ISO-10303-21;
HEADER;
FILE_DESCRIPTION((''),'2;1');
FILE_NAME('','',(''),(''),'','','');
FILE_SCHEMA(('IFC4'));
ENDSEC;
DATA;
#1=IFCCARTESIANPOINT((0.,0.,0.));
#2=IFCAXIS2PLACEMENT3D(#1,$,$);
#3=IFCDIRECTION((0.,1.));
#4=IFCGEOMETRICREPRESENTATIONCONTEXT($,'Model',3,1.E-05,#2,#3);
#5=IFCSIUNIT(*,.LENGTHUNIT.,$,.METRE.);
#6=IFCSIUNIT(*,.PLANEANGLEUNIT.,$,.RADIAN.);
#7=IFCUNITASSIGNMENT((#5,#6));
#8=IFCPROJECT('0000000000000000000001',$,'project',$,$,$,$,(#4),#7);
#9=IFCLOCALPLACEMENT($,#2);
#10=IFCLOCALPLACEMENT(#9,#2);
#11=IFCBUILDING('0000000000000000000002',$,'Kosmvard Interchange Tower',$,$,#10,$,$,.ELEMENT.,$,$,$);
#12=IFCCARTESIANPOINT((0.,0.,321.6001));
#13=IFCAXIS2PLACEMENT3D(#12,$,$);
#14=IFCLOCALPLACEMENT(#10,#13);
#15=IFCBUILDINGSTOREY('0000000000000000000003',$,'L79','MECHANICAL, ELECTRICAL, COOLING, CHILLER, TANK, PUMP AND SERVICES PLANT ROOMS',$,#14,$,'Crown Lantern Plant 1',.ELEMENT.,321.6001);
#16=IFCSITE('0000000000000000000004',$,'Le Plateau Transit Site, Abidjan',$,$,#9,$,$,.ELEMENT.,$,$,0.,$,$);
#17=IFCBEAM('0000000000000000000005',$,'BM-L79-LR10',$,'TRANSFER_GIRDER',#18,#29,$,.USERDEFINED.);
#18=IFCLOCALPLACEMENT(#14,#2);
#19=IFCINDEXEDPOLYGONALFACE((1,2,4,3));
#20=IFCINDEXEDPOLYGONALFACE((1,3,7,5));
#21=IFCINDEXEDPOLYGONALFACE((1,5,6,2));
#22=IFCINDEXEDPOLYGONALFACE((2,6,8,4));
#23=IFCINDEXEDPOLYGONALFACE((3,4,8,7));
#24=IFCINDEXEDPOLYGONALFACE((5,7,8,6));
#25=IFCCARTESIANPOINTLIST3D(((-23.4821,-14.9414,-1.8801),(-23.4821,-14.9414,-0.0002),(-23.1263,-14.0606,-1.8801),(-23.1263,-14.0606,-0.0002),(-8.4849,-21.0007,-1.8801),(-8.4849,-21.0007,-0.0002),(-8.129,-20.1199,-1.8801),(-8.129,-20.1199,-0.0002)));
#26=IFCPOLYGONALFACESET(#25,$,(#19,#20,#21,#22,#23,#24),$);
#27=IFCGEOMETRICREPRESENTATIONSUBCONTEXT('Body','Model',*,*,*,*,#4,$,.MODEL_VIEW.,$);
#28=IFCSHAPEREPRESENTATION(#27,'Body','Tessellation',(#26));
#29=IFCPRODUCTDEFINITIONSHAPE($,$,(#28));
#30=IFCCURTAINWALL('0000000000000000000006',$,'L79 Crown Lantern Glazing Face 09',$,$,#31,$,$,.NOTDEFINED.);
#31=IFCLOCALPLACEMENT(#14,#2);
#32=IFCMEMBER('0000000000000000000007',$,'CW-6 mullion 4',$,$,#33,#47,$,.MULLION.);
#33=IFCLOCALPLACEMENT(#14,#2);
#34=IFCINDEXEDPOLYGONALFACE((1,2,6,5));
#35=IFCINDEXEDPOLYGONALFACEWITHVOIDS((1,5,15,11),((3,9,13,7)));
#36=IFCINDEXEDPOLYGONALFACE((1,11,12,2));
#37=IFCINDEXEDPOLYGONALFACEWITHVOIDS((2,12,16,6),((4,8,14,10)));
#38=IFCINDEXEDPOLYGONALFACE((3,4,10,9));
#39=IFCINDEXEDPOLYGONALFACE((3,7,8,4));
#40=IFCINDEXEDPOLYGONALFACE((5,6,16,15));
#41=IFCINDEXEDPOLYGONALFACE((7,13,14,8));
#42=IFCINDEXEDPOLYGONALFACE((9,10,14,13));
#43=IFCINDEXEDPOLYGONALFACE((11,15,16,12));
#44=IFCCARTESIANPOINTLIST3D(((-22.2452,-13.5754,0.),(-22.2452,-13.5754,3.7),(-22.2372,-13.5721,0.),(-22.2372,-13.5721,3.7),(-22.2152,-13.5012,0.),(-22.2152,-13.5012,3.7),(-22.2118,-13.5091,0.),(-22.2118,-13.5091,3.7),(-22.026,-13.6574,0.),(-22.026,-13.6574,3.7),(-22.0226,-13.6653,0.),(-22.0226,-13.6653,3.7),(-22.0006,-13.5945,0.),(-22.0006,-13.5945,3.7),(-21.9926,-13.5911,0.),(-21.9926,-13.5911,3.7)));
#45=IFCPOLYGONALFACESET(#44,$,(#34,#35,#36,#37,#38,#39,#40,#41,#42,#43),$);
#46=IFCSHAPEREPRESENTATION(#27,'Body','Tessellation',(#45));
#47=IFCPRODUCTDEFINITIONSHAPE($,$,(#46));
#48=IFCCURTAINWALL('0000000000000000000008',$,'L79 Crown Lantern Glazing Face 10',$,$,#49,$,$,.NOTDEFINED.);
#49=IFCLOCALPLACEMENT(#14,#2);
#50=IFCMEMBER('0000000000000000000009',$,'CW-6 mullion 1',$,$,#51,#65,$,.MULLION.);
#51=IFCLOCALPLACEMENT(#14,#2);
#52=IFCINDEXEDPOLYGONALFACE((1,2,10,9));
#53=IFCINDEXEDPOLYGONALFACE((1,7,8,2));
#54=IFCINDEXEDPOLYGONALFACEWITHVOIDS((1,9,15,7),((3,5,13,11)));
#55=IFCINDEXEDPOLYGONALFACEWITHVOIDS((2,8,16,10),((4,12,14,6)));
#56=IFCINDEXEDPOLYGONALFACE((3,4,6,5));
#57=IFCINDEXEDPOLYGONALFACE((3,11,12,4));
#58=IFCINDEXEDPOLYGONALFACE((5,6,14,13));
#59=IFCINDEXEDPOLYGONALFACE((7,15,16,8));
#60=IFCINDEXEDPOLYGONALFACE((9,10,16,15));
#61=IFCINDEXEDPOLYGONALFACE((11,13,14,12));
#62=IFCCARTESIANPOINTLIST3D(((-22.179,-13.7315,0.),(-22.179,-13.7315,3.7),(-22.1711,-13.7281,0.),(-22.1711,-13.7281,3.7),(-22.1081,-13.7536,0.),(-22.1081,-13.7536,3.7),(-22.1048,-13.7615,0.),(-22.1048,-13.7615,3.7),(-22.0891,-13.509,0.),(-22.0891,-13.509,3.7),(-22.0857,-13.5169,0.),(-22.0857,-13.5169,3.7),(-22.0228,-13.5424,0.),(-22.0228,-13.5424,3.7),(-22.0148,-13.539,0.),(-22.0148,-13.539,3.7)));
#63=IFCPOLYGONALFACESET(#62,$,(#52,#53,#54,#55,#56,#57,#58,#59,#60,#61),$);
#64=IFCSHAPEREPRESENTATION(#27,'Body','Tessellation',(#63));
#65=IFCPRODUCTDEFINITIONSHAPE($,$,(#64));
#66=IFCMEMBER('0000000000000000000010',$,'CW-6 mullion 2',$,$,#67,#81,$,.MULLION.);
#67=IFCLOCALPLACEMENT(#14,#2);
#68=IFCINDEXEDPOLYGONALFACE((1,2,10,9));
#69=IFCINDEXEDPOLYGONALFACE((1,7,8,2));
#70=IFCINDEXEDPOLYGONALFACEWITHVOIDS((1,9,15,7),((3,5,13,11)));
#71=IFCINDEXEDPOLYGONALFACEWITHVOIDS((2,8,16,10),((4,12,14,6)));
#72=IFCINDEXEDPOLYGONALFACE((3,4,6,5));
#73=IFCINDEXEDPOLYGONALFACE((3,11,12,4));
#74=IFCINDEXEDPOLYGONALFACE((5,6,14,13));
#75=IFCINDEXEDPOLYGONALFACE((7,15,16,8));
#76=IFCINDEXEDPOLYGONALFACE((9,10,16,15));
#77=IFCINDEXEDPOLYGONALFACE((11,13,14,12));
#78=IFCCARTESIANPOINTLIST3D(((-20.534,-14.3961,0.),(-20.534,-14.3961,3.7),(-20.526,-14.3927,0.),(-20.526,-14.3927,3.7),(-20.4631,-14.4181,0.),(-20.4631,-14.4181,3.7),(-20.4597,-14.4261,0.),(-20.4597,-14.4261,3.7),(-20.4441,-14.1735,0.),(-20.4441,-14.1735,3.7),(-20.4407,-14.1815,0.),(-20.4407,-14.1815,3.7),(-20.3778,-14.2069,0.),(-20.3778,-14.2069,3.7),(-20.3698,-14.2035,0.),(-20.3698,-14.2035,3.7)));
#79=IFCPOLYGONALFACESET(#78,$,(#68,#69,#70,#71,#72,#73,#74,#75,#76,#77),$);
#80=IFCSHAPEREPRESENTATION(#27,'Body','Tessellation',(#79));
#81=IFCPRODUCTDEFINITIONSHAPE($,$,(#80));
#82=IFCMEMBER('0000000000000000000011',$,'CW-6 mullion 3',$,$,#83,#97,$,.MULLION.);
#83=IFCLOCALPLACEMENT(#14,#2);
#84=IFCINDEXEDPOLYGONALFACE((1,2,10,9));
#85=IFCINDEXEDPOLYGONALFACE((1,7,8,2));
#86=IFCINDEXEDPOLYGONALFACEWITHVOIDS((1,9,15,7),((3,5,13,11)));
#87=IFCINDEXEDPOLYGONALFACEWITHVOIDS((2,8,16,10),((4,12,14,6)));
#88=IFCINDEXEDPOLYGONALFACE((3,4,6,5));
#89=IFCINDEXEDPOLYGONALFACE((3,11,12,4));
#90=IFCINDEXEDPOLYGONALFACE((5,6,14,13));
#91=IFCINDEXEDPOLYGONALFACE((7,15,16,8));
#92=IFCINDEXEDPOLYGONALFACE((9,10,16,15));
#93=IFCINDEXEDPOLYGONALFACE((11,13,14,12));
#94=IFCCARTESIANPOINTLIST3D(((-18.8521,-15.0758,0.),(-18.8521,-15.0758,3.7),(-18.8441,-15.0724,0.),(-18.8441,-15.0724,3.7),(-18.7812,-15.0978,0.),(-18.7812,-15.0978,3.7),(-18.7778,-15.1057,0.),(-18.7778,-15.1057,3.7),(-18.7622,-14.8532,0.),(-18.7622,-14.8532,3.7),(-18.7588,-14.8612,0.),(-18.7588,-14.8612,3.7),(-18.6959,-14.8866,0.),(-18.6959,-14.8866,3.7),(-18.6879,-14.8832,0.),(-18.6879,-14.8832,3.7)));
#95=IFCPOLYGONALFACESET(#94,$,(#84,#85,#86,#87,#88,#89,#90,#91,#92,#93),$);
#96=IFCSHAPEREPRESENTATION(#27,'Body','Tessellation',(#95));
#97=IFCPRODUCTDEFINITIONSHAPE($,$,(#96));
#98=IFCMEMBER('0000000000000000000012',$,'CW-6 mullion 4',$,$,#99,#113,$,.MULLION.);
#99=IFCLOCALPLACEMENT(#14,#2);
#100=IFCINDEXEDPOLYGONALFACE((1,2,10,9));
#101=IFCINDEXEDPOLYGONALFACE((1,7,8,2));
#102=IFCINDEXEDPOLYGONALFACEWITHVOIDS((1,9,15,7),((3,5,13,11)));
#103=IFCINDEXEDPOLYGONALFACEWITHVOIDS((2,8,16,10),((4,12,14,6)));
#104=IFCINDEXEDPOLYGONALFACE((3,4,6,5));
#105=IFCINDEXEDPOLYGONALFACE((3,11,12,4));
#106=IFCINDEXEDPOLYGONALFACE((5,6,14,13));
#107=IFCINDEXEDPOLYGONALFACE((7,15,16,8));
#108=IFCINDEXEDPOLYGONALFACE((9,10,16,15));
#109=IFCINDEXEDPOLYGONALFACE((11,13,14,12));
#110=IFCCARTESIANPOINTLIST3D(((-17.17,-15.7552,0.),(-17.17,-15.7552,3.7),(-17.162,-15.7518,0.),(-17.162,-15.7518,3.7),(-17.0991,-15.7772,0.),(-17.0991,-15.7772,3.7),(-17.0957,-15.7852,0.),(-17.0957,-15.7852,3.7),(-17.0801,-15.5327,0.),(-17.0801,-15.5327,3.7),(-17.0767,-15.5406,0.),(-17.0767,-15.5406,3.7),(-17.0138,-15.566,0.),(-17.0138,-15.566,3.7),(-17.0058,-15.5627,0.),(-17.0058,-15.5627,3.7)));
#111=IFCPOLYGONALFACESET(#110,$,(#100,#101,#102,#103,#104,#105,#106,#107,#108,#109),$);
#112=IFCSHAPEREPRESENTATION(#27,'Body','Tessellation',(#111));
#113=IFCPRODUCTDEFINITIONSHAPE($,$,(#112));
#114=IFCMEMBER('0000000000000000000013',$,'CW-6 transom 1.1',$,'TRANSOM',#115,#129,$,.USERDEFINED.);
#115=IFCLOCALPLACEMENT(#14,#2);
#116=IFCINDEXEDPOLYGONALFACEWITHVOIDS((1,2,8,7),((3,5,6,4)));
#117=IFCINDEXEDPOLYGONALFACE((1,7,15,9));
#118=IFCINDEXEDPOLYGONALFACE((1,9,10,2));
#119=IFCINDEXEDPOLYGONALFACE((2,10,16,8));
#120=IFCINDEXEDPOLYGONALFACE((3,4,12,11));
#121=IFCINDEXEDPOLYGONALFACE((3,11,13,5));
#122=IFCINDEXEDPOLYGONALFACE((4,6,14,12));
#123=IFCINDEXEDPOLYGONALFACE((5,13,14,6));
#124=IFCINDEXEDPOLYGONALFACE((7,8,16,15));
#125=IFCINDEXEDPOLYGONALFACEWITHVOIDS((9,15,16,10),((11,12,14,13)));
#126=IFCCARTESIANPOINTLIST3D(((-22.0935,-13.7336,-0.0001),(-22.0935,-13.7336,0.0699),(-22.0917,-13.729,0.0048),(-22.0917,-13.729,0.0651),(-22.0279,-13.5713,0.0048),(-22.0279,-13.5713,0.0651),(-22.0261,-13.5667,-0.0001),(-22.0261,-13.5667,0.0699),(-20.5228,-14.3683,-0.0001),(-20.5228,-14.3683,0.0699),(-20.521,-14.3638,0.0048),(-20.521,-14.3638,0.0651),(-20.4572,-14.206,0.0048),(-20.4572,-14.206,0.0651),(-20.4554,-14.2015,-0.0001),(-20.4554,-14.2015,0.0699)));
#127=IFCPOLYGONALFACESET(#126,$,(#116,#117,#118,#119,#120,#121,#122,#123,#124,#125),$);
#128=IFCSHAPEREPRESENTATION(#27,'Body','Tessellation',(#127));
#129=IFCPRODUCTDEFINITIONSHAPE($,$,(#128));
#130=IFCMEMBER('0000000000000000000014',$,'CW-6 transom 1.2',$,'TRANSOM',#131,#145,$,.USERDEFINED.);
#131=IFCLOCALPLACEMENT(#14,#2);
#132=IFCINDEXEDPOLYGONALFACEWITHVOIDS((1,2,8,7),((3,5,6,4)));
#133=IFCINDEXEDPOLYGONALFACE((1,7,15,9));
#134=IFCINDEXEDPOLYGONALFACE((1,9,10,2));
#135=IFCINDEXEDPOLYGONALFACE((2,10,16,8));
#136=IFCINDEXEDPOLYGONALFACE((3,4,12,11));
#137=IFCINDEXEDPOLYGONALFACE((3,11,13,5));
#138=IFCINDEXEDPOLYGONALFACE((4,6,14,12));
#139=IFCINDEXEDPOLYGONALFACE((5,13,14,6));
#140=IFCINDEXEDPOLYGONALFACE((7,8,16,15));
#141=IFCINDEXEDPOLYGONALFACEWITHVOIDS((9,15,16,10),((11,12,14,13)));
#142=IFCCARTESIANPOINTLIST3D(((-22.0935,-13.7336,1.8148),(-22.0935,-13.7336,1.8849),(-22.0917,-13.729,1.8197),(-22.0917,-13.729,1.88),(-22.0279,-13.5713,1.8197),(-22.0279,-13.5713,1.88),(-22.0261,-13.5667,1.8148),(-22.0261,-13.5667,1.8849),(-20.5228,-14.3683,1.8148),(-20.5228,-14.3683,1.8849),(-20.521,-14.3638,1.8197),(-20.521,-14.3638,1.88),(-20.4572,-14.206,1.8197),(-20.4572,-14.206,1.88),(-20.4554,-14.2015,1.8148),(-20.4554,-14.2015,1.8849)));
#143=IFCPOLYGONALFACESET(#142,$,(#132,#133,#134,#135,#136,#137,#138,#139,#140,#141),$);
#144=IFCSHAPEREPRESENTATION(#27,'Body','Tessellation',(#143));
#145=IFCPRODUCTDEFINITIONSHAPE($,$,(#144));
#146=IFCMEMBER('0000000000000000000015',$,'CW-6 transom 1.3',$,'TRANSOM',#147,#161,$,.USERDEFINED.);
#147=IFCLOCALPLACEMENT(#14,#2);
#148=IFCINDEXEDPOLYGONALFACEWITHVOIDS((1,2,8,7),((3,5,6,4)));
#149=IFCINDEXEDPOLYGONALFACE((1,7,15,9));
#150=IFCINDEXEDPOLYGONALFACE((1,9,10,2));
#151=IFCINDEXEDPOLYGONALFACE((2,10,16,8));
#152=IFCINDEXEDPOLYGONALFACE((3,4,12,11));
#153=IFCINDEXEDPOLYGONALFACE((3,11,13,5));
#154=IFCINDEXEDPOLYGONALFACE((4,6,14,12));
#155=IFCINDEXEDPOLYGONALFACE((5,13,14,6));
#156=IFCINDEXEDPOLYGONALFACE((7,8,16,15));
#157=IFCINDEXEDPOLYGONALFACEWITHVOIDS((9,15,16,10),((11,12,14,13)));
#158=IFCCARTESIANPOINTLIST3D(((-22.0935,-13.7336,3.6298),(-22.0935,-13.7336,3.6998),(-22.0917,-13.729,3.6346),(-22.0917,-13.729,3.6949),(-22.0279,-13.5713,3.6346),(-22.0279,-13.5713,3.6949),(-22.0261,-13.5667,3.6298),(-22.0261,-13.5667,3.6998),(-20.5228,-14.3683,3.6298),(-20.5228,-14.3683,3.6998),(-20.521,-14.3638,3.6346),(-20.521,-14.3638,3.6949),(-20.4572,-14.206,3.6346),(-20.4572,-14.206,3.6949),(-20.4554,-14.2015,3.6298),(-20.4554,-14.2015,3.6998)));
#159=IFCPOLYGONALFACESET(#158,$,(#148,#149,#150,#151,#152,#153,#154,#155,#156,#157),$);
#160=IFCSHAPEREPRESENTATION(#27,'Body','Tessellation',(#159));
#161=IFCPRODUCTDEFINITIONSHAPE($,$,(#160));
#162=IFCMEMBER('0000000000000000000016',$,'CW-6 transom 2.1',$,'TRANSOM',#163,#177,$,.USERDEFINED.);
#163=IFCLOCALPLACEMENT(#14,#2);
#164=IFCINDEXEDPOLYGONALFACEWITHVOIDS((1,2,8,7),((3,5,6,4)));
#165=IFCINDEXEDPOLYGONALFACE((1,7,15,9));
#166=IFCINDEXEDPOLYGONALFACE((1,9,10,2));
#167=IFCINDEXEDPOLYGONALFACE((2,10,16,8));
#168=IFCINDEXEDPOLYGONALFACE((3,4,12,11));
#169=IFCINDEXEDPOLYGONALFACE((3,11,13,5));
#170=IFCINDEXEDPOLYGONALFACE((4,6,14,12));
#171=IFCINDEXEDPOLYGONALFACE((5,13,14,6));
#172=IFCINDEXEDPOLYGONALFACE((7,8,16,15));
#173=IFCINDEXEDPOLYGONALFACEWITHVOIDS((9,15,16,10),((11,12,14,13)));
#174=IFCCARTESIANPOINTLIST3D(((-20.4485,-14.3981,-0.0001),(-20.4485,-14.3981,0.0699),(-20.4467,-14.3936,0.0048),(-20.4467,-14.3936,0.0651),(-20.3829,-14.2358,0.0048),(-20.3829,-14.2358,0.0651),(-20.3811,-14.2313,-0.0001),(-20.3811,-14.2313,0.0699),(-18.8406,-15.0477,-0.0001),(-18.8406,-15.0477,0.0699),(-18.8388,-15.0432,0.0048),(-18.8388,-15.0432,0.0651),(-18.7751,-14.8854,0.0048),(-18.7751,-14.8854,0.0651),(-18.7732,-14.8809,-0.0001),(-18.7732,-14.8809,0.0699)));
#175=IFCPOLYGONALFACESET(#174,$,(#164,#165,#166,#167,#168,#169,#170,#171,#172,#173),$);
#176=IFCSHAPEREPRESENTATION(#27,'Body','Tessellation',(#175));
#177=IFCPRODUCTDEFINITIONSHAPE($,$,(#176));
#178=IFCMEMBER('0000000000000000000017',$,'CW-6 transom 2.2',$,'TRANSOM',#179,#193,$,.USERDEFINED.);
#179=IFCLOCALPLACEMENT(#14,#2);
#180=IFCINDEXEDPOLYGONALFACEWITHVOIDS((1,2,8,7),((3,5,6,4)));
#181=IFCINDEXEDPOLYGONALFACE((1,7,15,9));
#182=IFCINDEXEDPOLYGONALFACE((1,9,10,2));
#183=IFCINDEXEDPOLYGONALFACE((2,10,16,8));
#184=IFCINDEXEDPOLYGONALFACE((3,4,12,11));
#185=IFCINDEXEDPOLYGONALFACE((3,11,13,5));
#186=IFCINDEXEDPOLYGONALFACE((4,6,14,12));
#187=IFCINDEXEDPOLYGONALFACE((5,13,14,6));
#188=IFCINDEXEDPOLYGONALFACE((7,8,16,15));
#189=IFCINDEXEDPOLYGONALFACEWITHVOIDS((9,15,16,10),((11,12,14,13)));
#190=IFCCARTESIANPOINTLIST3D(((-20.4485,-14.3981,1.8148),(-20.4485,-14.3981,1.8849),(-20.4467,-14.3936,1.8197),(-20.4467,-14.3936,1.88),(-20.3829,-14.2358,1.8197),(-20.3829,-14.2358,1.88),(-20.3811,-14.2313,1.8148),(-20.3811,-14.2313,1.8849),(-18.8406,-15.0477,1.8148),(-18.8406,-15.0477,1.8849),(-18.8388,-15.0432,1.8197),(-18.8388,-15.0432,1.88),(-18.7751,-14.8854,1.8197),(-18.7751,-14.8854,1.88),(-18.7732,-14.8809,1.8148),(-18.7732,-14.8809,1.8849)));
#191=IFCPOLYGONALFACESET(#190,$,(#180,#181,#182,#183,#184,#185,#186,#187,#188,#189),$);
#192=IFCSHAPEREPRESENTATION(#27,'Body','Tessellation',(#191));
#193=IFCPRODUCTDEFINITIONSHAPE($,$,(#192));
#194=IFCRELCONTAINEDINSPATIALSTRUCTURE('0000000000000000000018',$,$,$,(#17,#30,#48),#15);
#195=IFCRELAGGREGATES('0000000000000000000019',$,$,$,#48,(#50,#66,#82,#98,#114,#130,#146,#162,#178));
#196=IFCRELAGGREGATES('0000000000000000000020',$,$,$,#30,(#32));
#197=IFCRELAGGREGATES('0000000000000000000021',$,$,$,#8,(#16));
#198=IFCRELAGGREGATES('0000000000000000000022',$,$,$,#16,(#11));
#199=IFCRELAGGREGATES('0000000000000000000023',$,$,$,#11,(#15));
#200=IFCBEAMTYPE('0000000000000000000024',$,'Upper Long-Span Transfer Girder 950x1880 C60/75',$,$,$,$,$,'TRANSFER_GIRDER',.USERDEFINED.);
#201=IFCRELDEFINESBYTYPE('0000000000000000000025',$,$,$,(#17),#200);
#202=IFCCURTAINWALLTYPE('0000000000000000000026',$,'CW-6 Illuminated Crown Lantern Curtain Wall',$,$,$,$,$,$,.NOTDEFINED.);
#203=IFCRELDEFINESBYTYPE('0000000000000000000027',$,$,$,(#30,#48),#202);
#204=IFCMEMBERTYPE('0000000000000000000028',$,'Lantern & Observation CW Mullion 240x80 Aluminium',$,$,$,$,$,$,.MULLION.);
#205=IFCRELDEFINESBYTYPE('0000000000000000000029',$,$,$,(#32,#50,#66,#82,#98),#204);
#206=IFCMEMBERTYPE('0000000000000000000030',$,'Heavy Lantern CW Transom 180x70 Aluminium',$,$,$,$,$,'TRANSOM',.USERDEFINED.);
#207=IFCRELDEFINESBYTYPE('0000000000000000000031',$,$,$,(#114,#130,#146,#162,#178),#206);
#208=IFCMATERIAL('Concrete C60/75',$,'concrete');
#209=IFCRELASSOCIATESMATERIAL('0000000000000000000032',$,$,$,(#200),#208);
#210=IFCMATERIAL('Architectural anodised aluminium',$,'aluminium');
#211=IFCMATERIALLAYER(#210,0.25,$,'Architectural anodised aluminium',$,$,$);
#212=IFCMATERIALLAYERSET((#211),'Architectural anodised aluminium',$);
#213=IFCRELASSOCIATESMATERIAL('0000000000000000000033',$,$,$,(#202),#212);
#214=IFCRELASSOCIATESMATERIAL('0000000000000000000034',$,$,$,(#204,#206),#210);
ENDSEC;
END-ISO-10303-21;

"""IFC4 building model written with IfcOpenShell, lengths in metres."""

from ifc_helpers import new_model, si_unit, direction, frame, origin, origin_2d, place, context, subcontext, project, spatial, rectangle, hollow_rectangle, extrude, source, transform, mapped, material, layer, layer_set, material_profile, profile_set, type_object, element, aggregate, save


model = new_model("IFC4")

# Units and contexts
model_context = context("Model", 3, precision=1e-05, world=origin(), true_north=direction((0.0, 1.0)))
body_context = subcontext(model_context, "Body", "Model", "MODEL_VIEW")
ifc_project = project(units=[si_unit("LENGTHUNIT", "METRE"), si_unit("PLANEANGLEUNIT", "RADIAN")], contexts=[model_context])

# Site, building, storey
site_placement = place(None, origin())
site = spatial("IfcSite", under=ifc_project, at=site_placement, Name="Le Plateau Transit Site, Abidjan", CompositionType="ELEMENT", RefElevation=0.0)
building_placement = place(site_placement, origin())
building = spatial("IfcBuilding", under=site, at=building_placement, Name="Kosmvard Interchange Tower", CompositionType="ELEMENT")
storey_placement = place(building_placement, frame((0.0, 0.0, 321.6001)))
storey = spatial("IfcBuildingStorey", under=building, at=storey_placement, Name="L79", Description="MECHANICAL, ELECTRICAL, COOLING, CHILLER, TANK, PUMP AND SERVICES PLANT ROOMS", LongName="Crown Lantern Plant 1", CompositionType="ELEMENT", Elevation=321.6001)

# Beam
ifc_material_1 = material(Name="Concrete C60/75", Category="concrete")
ifc_material_profile_1 = material_profile(ifc_material_1, rectangle(XDim=0.95, YDim=1.8799, at=origin_2d()), Name="TG 950x1880")
ifc_profile_set_1 = profile_set([ifc_material_profile_1], Name="Concrete C60/75")
beam_type = type_object("IfcBeamType", Name="Upper Long-Span Transfer Girder 950x1880 C60/75", ElementType="TRANSFER_GIRDER", PredefinedType="USERDEFINED", material=ifc_profile_set_1)
shared_shape_1 = source(origin(), body_context, "Body", "SweptSolid", [
    extrude(rectangle(XDim=0.95, YDim=1.8799, at=origin_2d()), origin(), (0.0, 0.0, 1.0), 16.175),
])
beam_placement = place(storey_placement, frame((-23.3042, -14.501, -0.9402), z_axis=(0.927183, -0.374608, 0.0), x_axis=(0.374608, 0.927183, 0.0)))
element("IfcBeam", 1, at=beam_placement, inside=storey, type_object=beam_type, Name="BM-L79-LR10", ObjectType="TRANSFER_GIRDER", PredefinedType="USERDEFINED", context=body_context, shape_type="MappedRepresentation", body=[
    mapped(shared_shape_1, transform((0.0, 0.0, 0.0), scale=1.0)),
])

# Curtain wall, member
ifc_material_2 = material(Name="Architectural anodised aluminium", Category="aluminium")
ifc_layer_1 = layer(ifc_material_2, 0.25, Name="Architectural anodised aluminium")
ifc_layer_set_1 = layer_set([ifc_layer_1], Name="Architectural anodised aluminium")
curtain_wall_type = type_object("IfcCurtainWallType", Name="CW-6 Illuminated Crown Lantern Curtain Wall", PredefinedType="NOTDEFINED", material=ifc_layer_set_1)
curtain_wall_1_placement = place(storey_placement, origin())
curtain_wall_1 = element("IfcCurtainWall", 2, at=curtain_wall_1_placement, inside=storey, type_object=curtain_wall_type, Name="L79 Crown Lantern Glazing Face 09", PredefinedType="NOTDEFINED")
ifc_material_profile_2 = material_profile(ifc_material_2, hollow_rectangle(XDim=0.24, YDim=0.0801, WallThickness=0.0061, at=origin_2d()), Name="CWM 240x80x6")
ifc_profile_set_2 = profile_set([ifc_material_profile_2], Name="Architectural anodised aluminium")
member_type_1 = type_object("IfcMemberType", Name="Lantern & Observation CW Mullion 240x80 Aluminium", PredefinedType="MULLION", material=ifc_profile_set_2)
shared_shape_2 = source(origin(), body_context, "Body", "SweptSolid", [
    extrude(hollow_rectangle(XDim=0.24, YDim=0.0801, WallThickness=0.0061, at=origin_2d()), origin(), (0.0, 0.0, 1.0), 3.7),
])
member_1_placement = place(storey_placement, frame((-22.1189, -13.5833, 0.0), z_axis=(0.0, 0.0, 1.0), x_axis=(0.927184, -0.374607, 0.0)))
member_1 = element("IfcMember", 3, at=member_1_placement, type_object=member_type_1, Name="CW-6 mullion 4", PredefinedType="MULLION", context=body_context, shape_type="MappedRepresentation", body=[
    mapped(shared_shape_2, transform((0.0, 0.0, 0.0), scale=1.0)),
])

# Curtain wall, members
curtain_wall_2_placement = place(storey_placement, origin())
curtain_wall_2 = element("IfcCurtainWall", 4, at=curtain_wall_2_placement, inside=storey, type_object=curtain_wall_type, Name="L79 Crown Lantern Glazing Face 10", PredefinedType="NOTDEFINED")
member_2_placement = place(storey_placement, frame((-22.0969, -13.6353, 0.0), z_axis=(0.0, 0.0, 1.0), x_axis=(0.374607, 0.927184, 0.0)))
member_2 = element("IfcMember", 5, at=member_2_placement, type_object=member_type_1, Name="CW-6 mullion 1", PredefinedType="MULLION", context=body_context, shape_type="MappedRepresentation", body=[
    mapped(shared_shape_2, transform((0.0, 0.0, 0.0), scale=1.0)),
])
member_3_placement = place(storey_placement, frame((-20.4519, -14.2998, 0.0), z_axis=(0.0, 0.0, 1.0), x_axis=(0.374607, 0.927184, 0.0)))
member_3 = element("IfcMember", 6, at=member_3_placement, type_object=member_type_1, Name="CW-6 mullion 2", PredefinedType="MULLION", context=body_context, shape_type="MappedRepresentation", body=[
    mapped(shared_shape_2, transform((0.0, 0.0, 0.0), scale=1.0)),
])
member_4_placement = place(storey_placement, frame((-18.77, -14.9795, 0.0), z_axis=(0.0, 0.0, 1.0), x_axis=(0.374607, 0.927184, 0.0)))
member_4 = element("IfcMember", 7, at=member_4_placement, type_object=member_type_1, Name="CW-6 mullion 3", PredefinedType="MULLION", context=body_context, shape_type="MappedRepresentation", body=[
    mapped(shared_shape_2, transform((0.0, 0.0, 0.0), scale=1.0)),
])
member_5_placement = place(storey_placement, frame((-17.0879, -15.6589, 0.0), z_axis=(0.0, 0.0, 1.0), x_axis=(0.374607, 0.927184, 0.0)))
member_5 = element("IfcMember", 8, at=member_5_placement, type_object=member_type_1, Name="CW-6 mullion 4", PredefinedType="MULLION", context=body_context, shape_type="MappedRepresentation", body=[
    mapped(shared_shape_2, transform((0.0, 0.0, 0.0), scale=1.0)),
])
ifc_material_profile_3 = material_profile(ifc_material_2, hollow_rectangle(XDim=0.1799, YDim=0.0701, WallThickness=0.0049, at=origin_2d()), Name="CWT 180x70x5")
ifc_profile_set_3 = profile_set([ifc_material_profile_3], Name="Architectural anodised aluminium")
member_type_2 = type_object("IfcMemberType", Name="Heavy Lantern CW Transom 180x70 Aluminium", ElementType="TRANSOM", PredefinedType="USERDEFINED", material=ifc_profile_set_3)
shared_shape_3 = source(origin(), body_context, "Body", "SweptSolid", [
    extrude(hollow_rectangle(XDim=0.1799, YDim=0.0701, WallThickness=0.0049, at=origin_2d()), origin(), (0.0, 0.0, 1.0), 1.6941),
])
member_6_placement = place(storey_placement, frame((-22.0598, -13.6501, 0.0349), z_axis=(0.927159, -0.374668, 0.0), x_axis=(0.374668, 0.927159, 0.0)))
member_6 = element("IfcMember", 9, at=member_6_placement, type_object=member_type_2, Name="CW-6 transom 1.1", ObjectType="TRANSOM", PredefinedType="USERDEFINED", context=body_context, shape_type="MappedRepresentation", body=[
    mapped(shared_shape_3, transform((0.0, 0.0, 0.0), scale=1.0)),
])
member_7_placement = place(storey_placement, frame((-22.0598, -13.6501, 1.8499), z_axis=(0.927159, -0.374668, 0.0), x_axis=(0.374668, 0.927159, 0.0)))
member_7 = element("IfcMember", 10, at=member_7_placement, type_object=member_type_2, Name="CW-6 transom 1.2", ObjectType="TRANSOM", PredefinedType="USERDEFINED", context=body_context, shape_type="MappedRepresentation", body=[
    mapped(shared_shape_3, transform((0.0, 0.0, 0.0), scale=1.0)),
])
member_8_placement = place(storey_placement, frame((-22.0598, -13.6501, 3.6648), z_axis=(0.927159, -0.374668, 0.0), x_axis=(0.374668, 0.927159, 0.0)))
member_8 = element("IfcMember", 11, at=member_8_placement, type_object=member_type_2, Name="CW-6 transom 1.3", ObjectType="TRANSOM", PredefinedType="USERDEFINED", context=body_context, shape_type="MappedRepresentation", body=[
    mapped(shared_shape_3, transform((0.0, 0.0, 0.0), scale=1.0)),
])
shared_shape_4 = source(origin(), body_context, "Body", "SweptSolid", [
    extrude(hollow_rectangle(XDim=0.1799, YDim=0.0701, WallThickness=0.0049, at=origin_2d()), origin(), (0.0, 0.0, 1.0), 1.7341),
])
member_9_placement = place(storey_placement, frame((-20.4148, -14.3147, 0.0349), z_axis=(0.92718, -0.374617, 0.0), x_axis=(0.374617, 0.92718, 0.0)))
member_9 = element("IfcMember", 12, at=member_9_placement, type_object=member_type_2, Name="CW-6 transom 2.1", ObjectType="TRANSOM", PredefinedType="USERDEFINED", context=body_context, shape_type="MappedRepresentation", body=[
    mapped(shared_shape_4, transform((0.0, 0.0, 0.0), scale=1.0)),
])
member_10_placement = place(storey_placement, frame((-20.4148, -14.3147, 1.8499), z_axis=(0.92718, -0.374617, 0.0), x_axis=(0.374617, 0.92718, 0.0)))
member_10 = element("IfcMember", 13, at=member_10_placement, type_object=member_type_2, Name="CW-6 transom 2.2", ObjectType="TRANSOM", PredefinedType="USERDEFINED", context=body_context, shape_type="MappedRepresentation", body=[
    mapped(shared_shape_4, transform((0.0, 0.0, 0.0), scale=1.0)),
])
aggregate(curtain_wall_2, [member_2, member_3, member_4, member_5, member_6, member_7, member_8, member_9, member_10])

aggregate(curtain_wall_1, [member_1])

save(model, "model.ifc")
